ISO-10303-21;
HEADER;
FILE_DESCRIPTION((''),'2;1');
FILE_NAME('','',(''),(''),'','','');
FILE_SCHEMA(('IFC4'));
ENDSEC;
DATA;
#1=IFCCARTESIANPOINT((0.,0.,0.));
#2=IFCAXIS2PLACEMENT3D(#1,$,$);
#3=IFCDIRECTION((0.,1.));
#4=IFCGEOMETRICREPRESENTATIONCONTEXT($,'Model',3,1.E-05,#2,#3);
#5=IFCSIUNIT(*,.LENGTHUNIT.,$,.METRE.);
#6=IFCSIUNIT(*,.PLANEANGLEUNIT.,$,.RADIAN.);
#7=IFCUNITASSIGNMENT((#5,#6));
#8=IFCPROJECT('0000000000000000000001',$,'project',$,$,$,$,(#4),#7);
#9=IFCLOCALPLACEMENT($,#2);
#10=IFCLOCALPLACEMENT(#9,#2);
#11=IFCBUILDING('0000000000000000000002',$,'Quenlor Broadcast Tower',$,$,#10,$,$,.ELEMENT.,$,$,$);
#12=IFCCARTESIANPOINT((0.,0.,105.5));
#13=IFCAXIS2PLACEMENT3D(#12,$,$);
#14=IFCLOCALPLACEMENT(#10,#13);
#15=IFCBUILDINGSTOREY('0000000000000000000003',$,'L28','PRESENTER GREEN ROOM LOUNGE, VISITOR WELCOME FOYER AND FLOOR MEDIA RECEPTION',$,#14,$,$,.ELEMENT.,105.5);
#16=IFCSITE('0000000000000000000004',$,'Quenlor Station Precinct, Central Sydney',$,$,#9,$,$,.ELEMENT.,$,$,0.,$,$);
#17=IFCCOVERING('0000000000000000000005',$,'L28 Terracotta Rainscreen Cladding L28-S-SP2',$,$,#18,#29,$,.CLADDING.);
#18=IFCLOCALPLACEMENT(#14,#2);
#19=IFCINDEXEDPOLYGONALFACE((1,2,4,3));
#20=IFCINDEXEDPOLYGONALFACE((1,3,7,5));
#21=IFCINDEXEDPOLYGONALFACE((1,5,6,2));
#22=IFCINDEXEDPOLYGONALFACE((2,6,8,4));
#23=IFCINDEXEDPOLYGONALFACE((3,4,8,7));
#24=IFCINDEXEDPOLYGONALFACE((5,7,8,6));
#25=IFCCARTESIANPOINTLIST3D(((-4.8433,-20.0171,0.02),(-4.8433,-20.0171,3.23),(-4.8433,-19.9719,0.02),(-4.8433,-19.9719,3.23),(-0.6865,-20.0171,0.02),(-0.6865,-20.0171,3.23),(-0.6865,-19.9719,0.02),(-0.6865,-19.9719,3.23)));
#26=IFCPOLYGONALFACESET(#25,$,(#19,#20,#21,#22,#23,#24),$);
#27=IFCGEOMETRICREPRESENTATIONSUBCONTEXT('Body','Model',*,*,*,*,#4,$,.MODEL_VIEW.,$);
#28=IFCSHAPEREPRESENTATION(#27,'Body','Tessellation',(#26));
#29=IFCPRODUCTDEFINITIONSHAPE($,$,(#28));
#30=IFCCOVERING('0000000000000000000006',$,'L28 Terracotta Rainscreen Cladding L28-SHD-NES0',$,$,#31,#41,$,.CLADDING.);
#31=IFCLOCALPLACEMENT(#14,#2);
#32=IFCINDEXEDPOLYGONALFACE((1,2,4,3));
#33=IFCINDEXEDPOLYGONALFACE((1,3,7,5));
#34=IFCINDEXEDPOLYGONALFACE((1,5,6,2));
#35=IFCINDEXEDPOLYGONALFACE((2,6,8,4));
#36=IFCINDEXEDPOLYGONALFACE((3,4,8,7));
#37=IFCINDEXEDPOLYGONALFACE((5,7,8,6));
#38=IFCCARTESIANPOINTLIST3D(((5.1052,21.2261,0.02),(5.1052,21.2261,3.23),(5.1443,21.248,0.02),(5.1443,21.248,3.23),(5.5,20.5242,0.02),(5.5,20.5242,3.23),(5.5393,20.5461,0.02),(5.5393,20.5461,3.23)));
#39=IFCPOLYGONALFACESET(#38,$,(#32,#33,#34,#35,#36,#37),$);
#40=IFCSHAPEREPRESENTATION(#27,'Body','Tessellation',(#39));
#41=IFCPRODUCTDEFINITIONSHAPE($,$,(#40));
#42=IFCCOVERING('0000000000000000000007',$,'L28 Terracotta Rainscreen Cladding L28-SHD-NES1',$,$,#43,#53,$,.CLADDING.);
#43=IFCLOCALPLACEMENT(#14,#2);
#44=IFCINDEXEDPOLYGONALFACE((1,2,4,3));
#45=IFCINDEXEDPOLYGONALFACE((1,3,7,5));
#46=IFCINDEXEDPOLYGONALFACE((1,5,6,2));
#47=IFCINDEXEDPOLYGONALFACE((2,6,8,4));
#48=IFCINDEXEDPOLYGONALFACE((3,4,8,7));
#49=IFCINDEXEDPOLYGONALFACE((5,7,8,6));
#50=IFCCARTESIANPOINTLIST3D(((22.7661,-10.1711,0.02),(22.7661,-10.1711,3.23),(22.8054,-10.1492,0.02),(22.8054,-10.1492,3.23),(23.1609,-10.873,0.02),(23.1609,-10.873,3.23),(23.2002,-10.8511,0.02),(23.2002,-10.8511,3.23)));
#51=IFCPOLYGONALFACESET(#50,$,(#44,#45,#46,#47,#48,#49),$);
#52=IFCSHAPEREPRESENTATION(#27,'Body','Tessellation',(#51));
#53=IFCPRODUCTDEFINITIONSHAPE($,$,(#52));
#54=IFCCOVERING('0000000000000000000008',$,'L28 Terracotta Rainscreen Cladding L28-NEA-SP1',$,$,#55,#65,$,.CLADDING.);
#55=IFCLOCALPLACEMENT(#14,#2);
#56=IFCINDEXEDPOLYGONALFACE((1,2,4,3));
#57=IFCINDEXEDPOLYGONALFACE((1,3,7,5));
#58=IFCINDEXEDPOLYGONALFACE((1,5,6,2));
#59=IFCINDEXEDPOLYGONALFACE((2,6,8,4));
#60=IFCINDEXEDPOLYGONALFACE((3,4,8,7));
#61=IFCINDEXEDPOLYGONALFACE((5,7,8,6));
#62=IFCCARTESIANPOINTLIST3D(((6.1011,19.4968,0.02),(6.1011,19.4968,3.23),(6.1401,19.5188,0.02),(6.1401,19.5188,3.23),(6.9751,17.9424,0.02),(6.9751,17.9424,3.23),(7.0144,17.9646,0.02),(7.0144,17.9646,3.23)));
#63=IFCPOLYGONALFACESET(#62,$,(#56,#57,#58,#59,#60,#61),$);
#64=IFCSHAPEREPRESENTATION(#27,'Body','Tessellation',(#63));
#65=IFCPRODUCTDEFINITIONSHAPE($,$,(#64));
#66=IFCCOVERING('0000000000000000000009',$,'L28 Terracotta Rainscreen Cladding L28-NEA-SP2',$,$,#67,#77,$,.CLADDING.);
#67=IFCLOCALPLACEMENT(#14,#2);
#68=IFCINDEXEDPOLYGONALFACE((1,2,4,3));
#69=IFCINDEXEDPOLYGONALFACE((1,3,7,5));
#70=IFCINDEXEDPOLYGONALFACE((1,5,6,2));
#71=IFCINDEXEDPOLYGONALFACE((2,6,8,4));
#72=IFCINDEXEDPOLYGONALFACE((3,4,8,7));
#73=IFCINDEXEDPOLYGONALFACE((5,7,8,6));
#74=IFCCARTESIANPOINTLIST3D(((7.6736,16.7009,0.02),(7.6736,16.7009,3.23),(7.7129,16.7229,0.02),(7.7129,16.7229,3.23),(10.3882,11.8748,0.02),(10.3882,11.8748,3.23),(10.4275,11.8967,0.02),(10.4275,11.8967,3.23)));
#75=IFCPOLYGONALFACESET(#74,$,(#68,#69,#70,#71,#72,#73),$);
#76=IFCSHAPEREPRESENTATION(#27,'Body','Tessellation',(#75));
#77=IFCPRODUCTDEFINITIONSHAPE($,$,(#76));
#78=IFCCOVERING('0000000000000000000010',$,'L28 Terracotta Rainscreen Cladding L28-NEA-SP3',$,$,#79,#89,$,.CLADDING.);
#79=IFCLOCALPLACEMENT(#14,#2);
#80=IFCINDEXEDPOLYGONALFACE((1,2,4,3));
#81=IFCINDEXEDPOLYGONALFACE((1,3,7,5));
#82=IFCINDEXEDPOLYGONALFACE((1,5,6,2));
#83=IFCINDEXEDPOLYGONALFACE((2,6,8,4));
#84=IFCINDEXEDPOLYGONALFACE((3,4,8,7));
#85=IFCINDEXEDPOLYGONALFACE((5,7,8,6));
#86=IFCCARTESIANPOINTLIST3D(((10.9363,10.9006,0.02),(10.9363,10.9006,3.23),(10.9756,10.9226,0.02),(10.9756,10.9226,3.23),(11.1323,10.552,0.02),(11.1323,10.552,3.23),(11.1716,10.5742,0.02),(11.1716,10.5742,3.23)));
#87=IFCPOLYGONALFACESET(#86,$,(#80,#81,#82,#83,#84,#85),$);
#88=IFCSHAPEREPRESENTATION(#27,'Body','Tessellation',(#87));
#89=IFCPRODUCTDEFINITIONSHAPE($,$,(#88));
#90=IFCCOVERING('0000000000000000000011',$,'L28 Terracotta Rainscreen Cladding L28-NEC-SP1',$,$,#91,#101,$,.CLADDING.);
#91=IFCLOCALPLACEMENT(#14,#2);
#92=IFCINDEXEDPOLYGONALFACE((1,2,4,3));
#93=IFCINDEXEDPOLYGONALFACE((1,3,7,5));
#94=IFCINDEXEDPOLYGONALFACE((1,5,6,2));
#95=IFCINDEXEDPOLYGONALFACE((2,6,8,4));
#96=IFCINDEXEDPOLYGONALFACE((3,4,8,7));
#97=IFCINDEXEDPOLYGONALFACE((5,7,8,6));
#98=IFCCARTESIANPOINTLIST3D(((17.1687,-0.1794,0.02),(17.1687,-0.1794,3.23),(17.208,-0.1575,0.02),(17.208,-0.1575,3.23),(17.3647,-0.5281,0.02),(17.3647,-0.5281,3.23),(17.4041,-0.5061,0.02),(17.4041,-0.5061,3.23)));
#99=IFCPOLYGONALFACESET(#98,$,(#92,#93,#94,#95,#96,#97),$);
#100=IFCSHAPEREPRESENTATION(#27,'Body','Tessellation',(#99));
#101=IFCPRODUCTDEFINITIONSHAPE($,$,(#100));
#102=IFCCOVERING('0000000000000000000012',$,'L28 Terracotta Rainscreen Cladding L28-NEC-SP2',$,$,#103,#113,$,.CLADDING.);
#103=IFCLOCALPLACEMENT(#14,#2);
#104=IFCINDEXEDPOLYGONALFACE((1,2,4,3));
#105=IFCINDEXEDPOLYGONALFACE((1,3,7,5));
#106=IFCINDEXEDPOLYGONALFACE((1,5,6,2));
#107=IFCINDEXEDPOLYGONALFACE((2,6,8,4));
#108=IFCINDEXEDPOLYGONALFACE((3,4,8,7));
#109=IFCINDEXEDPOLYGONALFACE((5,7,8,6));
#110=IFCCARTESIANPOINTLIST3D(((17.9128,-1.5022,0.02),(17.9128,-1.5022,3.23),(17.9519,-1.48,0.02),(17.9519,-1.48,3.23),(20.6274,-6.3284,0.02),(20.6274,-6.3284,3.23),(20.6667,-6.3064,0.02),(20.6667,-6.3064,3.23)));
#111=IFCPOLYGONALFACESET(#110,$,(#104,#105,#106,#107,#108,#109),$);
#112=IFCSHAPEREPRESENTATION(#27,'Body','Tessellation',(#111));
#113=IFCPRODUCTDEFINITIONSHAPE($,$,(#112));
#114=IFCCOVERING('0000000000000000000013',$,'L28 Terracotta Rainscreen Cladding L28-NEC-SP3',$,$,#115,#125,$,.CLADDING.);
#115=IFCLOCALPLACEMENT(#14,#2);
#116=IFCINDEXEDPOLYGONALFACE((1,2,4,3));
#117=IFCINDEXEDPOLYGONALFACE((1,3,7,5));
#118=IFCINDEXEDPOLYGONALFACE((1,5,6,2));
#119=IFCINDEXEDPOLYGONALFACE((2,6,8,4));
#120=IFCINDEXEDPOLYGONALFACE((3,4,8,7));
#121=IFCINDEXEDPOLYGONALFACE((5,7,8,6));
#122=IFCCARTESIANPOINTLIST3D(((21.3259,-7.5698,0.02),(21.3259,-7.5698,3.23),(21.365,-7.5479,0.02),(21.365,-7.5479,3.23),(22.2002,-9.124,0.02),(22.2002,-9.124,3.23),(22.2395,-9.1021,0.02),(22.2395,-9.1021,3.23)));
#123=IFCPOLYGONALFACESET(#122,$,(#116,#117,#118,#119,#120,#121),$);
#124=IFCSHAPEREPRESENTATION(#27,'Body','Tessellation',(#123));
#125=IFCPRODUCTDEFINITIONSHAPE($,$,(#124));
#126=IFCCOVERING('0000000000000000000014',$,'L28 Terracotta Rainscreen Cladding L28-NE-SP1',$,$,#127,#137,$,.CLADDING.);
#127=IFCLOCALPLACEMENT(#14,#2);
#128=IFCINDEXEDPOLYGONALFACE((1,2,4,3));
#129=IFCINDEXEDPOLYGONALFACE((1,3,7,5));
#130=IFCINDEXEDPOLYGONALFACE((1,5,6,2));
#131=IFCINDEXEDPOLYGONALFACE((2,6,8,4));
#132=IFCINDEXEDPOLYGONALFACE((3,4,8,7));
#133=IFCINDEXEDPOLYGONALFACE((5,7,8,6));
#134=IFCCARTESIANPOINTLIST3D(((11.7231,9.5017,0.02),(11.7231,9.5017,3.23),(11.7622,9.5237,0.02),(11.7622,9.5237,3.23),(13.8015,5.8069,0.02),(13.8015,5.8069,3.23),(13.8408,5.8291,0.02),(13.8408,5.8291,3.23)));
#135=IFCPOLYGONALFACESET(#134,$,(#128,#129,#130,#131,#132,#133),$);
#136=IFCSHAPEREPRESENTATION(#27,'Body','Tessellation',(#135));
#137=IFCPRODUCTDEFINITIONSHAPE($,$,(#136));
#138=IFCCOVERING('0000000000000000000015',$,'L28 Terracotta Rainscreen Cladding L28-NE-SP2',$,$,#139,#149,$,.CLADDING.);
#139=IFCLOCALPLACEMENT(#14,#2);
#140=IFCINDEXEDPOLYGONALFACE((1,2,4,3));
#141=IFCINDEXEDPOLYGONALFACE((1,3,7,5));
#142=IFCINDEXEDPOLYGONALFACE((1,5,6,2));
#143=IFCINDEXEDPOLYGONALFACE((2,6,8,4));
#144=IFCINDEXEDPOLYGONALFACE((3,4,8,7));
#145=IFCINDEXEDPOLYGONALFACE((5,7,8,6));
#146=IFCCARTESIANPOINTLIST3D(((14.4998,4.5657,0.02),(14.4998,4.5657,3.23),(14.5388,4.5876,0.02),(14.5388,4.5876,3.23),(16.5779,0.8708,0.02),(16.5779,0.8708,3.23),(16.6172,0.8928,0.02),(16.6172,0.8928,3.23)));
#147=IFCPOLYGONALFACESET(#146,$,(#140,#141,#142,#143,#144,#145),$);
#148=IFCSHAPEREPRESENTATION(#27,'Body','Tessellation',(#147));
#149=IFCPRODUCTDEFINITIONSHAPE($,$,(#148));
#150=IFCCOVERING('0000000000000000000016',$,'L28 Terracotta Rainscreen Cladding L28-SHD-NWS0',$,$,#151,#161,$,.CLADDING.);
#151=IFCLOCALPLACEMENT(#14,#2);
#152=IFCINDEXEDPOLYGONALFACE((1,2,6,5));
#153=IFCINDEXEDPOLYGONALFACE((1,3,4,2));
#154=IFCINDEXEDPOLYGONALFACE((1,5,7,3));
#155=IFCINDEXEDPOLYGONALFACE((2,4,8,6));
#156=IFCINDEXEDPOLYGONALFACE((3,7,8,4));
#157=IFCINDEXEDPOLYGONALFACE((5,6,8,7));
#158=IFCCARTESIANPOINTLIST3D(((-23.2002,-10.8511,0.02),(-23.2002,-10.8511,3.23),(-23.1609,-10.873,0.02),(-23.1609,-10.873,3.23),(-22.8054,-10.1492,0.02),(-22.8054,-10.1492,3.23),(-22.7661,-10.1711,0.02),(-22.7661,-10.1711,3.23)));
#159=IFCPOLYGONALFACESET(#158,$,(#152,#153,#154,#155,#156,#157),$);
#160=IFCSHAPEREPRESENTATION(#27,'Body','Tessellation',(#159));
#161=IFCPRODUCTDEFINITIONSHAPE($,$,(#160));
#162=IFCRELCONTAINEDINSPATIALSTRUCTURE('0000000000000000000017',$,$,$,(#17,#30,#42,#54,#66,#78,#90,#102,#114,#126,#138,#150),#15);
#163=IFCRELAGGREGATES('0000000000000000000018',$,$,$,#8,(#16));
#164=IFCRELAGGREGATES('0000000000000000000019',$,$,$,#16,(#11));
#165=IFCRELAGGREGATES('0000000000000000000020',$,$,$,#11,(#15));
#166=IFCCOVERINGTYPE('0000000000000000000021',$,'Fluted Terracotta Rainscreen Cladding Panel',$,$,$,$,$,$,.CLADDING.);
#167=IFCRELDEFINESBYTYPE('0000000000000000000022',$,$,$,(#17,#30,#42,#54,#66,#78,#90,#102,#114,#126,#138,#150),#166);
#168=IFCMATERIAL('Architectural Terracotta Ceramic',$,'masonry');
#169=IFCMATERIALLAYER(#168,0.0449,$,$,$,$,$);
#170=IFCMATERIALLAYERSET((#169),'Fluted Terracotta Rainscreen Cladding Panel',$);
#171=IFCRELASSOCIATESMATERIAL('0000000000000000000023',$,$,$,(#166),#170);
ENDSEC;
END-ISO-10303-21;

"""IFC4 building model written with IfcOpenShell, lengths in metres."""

from ifc_helpers import new_model, si_unit, direction, frame, origin, place, context, subcontext, project, spatial, polyline, outline, extrude, material, layer, layer_set, type_object, element, save


model = new_model("IFC4")

# Units and contexts
model_context = context("Model", 3, precision=1e-05, world=origin(), true_north=direction((0.0, 1.0)))
body_context = subcontext(model_context, "Body", "Model", "MODEL_VIEW")
ifc_project = project(units=[si_unit("LENGTHUNIT", "METRE"), si_unit("PLANEANGLEUNIT", "RADIAN")], contexts=[model_context])

# Site, building, storey
site_placement = place(None, origin())
site = spatial("IfcSite", under=ifc_project, at=site_placement, Name="Quenlor Station Precinct, Central Sydney", CompositionType="ELEMENT", RefElevation=0.0)
building_placement = place(site_placement, origin())
building = spatial("IfcBuilding", under=site, at=building_placement, Name="Quenlor Broadcast Tower", CompositionType="ELEMENT")
storey_placement = place(building_placement, frame((0.0, 0.0, 105.5)))
storey = spatial("IfcBuildingStorey", under=building, at=storey_placement, Name="L28", Description="PRESENTER GREEN ROOM LOUNGE, VISITOR WELCOME FOYER AND FLOOR MEDIA RECEPTION", CompositionType="ELEMENT", Elevation=105.5)

# Coverings
ifc_material_1 = material(Name="Architectural Terracotta Ceramic", Category="masonry")
ifc_layer_1 = layer(ifc_material_1, 0.0449)
ifc_layer_set_1 = layer_set([ifc_layer_1], Name="Fluted Terracotta Rainscreen Cladding Panel")
covering_type = type_object("IfcCoveringType", Name="Fluted Terracotta Rainscreen Cladding Panel", PredefinedType="CLADDING", material=ifc_layer_set_1)
covering_1_placement = place(storey_placement, frame((0.0, 0.0, 0.02)))
element("IfcCovering", 1, at=covering_1_placement, inside=storey, type_object=covering_type, Name="L28 Terracotta Rainscreen Cladding L28-S-SP2", PredefinedType="CLADDING", context=body_context, shape_type="SweptSolid", body=[
    extrude(outline(polyline([(-0.6865, -19.9719), (-4.8433, -19.9719), (-4.8433, -20.0171), (-0.6865, -20.0171), (-0.6865, -19.9719)])), origin(), (0.0, 0.0, 1.0), 3.21),
])
covering_2_placement = place(storey_placement, frame((0.0, 0.0, 0.02)))
element("IfcCovering", 2, at=covering_2_placement, inside=storey, type_object=covering_type, Name="L28 Terracotta Rainscreen Cladding L28-SHD-NES0", PredefinedType="CLADDING", context=body_context, shape_type="SweptSolid", body=[
    extrude(outline(polyline([(5.1052, 21.2261), (5.5, 20.5242), (5.5393, 20.5461), (5.1443, 21.248), (5.1052, 21.2261)])), origin(), (0.0, 0.0, 1.0), 3.21),
])
covering_3_placement = place(storey_placement, frame((0.0, 0.0, 0.02)))
element("IfcCovering", 3, at=covering_3_placement, inside=storey, type_object=covering_type, Name="L28 Terracotta Rainscreen Cladding L28-SHD-NES1", PredefinedType="CLADDING", context=body_context, shape_type="SweptSolid", body=[
    extrude(outline(polyline([(22.7661, -10.1711), (23.1609, -10.873), (23.2002, -10.8511), (22.8054, -10.1492), (22.7661, -10.1711)])), origin(), (0.0, 0.0, 1.0), 3.21),
])
covering_4_placement = place(storey_placement, frame((0.0, 0.0, 0.02)))
element("IfcCovering", 4, at=covering_4_placement, inside=storey, type_object=covering_type, Name="L28 Terracotta Rainscreen Cladding L28-NEA-SP1", PredefinedType="CLADDING", context=body_context, shape_type="SweptSolid", body=[
    extrude(outline(polyline([(6.1011, 19.4968), (6.9751, 17.9424), (7.0144, 17.9646), (6.1401, 19.5188), (6.1011, 19.4968)])), origin(), (0.0, 0.0, 1.0), 3.21),
])
covering_5_placement = place(storey_placement, frame((0.0, 0.0, 0.02)))
element("IfcCovering", 5, at=covering_5_placement, inside=storey, type_object=covering_type, Name="L28 Terracotta Rainscreen Cladding L28-NEA-SP2", PredefinedType="CLADDING", context=body_context, shape_type="SweptSolid", body=[
    extrude(outline(polyline([(7.6736, 16.7009), (10.3882, 11.8748), (10.4275, 11.8967), (7.7129, 16.7229), (7.6736, 16.7009)])), origin(), (0.0, 0.0, 1.0), 3.21),
])
covering_6_placement = place(storey_placement, frame((0.0, 0.0, 0.02)))
element("IfcCovering", 6, at=covering_6_placement, inside=storey, type_object=covering_type, Name="L28 Terracotta Rainscreen Cladding L28-NEA-SP3", PredefinedType="CLADDING", context=body_context, shape_type="SweptSolid", body=[
    extrude(outline(polyline([(10.9363, 10.9006), (11.1323, 10.552), (11.1716, 10.5742), (10.9756, 10.9226), (10.9363, 10.9006)])), origin(), (0.0, 0.0, 1.0), 3.21),
])
covering_7_placement = place(storey_placement, frame((0.0, 0.0, 0.02)))
element("IfcCovering", 7, at=covering_7_placement, inside=storey, type_object=covering_type, Name="L28 Terracotta Rainscreen Cladding L28-NEC-SP1", PredefinedType="CLADDING", context=body_context, shape_type="SweptSolid", body=[
    extrude(outline(polyline([(17.1687, -0.1794), (17.3647, -0.5281), (17.4041, -0.5061), (17.208, -0.1575), (17.1687, -0.1794)])), origin(), (0.0, 0.0, 1.0), 3.21),
])
covering_8_placement = place(storey_placement, frame((0.0, 0.0, 0.02)))
element("IfcCovering", 8, at=covering_8_placement, inside=storey, type_object=covering_type, Name="L28 Terracotta Rainscreen Cladding L28-NEC-SP2", PredefinedType="CLADDING", context=body_context, shape_type="SweptSolid", body=[
    extrude(outline(polyline([(17.9128, -1.5022), (20.6274, -6.3284), (20.6667, -6.3064), (17.9519, -1.48), (17.9128, -1.5022)])), origin(), (0.0, 0.0, 1.0), 3.21),
])
covering_9_placement = place(storey_placement, frame((0.0, 0.0, 0.02)))
element("IfcCovering", 9, at=covering_9_placement, inside=storey, type_object=covering_type, Name="L28 Terracotta Rainscreen Cladding L28-NEC-SP3", PredefinedType="CLADDING", context=body_context, shape_type="SweptSolid", body=[
    extrude(outline(polyline([(21.3259, -7.5698), (22.2002, -9.124), (22.2395, -9.1021), (21.365, -7.5479), (21.3259, -7.5698)])), origin(), (0.0, 0.0, 1.0), 3.21),
])
covering_10_placement = place(storey_placement, frame((0.0, 0.0, 0.02)))
element("IfcCovering", 10, at=covering_10_placement, inside=storey, type_object=covering_type, Name="L28 Terracotta Rainscreen Cladding L28-NE-SP1", PredefinedType="CLADDING", context=body_context, shape_type="SweptSolid", body=[
    extrude(outline(polyline([(11.7231, 9.5017), (13.8015, 5.8069), (13.8408, 5.8291), (11.7622, 9.5237), (11.7231, 9.5017)])), origin(), (0.0, 0.0, 1.0), 3.21),
])
covering_11_placement = place(storey_placement, frame((0.0, 0.0, 0.02)))
element("IfcCovering", 11, at=covering_11_placement, inside=storey, type_object=covering_type, Name="L28 Terracotta Rainscreen Cladding L28-NE-SP2", PredefinedType="CLADDING", context=body_context, shape_type="SweptSolid", body=[
    extrude(outline(polyline([(14.4998, 4.5657), (16.5779, 0.8708), (16.6172, 0.8928), (14.5388, 4.5876), (14.4998, 4.5657)])), origin(), (0.0, 0.0, 1.0), 3.21),
])
covering_12_placement = place(storey_placement, frame((0.0, 0.0, 0.02)))
element("IfcCovering", 12, at=covering_12_placement, inside=storey, type_object=covering_type, Name="L28 Terracotta Rainscreen Cladding L28-SHD-NWS0", PredefinedType="CLADDING", context=body_context, shape_type="SweptSolid", body=[
    extrude(outline(polyline([(-23.1609, -10.873), (-22.7661, -10.1711), (-22.8054, -10.1492), (-23.2002, -10.8511), (-23.1609, -10.873)])), origin(), (0.0, 0.0, 1.0), 3.21),
])

save(model, "model.ifc")
